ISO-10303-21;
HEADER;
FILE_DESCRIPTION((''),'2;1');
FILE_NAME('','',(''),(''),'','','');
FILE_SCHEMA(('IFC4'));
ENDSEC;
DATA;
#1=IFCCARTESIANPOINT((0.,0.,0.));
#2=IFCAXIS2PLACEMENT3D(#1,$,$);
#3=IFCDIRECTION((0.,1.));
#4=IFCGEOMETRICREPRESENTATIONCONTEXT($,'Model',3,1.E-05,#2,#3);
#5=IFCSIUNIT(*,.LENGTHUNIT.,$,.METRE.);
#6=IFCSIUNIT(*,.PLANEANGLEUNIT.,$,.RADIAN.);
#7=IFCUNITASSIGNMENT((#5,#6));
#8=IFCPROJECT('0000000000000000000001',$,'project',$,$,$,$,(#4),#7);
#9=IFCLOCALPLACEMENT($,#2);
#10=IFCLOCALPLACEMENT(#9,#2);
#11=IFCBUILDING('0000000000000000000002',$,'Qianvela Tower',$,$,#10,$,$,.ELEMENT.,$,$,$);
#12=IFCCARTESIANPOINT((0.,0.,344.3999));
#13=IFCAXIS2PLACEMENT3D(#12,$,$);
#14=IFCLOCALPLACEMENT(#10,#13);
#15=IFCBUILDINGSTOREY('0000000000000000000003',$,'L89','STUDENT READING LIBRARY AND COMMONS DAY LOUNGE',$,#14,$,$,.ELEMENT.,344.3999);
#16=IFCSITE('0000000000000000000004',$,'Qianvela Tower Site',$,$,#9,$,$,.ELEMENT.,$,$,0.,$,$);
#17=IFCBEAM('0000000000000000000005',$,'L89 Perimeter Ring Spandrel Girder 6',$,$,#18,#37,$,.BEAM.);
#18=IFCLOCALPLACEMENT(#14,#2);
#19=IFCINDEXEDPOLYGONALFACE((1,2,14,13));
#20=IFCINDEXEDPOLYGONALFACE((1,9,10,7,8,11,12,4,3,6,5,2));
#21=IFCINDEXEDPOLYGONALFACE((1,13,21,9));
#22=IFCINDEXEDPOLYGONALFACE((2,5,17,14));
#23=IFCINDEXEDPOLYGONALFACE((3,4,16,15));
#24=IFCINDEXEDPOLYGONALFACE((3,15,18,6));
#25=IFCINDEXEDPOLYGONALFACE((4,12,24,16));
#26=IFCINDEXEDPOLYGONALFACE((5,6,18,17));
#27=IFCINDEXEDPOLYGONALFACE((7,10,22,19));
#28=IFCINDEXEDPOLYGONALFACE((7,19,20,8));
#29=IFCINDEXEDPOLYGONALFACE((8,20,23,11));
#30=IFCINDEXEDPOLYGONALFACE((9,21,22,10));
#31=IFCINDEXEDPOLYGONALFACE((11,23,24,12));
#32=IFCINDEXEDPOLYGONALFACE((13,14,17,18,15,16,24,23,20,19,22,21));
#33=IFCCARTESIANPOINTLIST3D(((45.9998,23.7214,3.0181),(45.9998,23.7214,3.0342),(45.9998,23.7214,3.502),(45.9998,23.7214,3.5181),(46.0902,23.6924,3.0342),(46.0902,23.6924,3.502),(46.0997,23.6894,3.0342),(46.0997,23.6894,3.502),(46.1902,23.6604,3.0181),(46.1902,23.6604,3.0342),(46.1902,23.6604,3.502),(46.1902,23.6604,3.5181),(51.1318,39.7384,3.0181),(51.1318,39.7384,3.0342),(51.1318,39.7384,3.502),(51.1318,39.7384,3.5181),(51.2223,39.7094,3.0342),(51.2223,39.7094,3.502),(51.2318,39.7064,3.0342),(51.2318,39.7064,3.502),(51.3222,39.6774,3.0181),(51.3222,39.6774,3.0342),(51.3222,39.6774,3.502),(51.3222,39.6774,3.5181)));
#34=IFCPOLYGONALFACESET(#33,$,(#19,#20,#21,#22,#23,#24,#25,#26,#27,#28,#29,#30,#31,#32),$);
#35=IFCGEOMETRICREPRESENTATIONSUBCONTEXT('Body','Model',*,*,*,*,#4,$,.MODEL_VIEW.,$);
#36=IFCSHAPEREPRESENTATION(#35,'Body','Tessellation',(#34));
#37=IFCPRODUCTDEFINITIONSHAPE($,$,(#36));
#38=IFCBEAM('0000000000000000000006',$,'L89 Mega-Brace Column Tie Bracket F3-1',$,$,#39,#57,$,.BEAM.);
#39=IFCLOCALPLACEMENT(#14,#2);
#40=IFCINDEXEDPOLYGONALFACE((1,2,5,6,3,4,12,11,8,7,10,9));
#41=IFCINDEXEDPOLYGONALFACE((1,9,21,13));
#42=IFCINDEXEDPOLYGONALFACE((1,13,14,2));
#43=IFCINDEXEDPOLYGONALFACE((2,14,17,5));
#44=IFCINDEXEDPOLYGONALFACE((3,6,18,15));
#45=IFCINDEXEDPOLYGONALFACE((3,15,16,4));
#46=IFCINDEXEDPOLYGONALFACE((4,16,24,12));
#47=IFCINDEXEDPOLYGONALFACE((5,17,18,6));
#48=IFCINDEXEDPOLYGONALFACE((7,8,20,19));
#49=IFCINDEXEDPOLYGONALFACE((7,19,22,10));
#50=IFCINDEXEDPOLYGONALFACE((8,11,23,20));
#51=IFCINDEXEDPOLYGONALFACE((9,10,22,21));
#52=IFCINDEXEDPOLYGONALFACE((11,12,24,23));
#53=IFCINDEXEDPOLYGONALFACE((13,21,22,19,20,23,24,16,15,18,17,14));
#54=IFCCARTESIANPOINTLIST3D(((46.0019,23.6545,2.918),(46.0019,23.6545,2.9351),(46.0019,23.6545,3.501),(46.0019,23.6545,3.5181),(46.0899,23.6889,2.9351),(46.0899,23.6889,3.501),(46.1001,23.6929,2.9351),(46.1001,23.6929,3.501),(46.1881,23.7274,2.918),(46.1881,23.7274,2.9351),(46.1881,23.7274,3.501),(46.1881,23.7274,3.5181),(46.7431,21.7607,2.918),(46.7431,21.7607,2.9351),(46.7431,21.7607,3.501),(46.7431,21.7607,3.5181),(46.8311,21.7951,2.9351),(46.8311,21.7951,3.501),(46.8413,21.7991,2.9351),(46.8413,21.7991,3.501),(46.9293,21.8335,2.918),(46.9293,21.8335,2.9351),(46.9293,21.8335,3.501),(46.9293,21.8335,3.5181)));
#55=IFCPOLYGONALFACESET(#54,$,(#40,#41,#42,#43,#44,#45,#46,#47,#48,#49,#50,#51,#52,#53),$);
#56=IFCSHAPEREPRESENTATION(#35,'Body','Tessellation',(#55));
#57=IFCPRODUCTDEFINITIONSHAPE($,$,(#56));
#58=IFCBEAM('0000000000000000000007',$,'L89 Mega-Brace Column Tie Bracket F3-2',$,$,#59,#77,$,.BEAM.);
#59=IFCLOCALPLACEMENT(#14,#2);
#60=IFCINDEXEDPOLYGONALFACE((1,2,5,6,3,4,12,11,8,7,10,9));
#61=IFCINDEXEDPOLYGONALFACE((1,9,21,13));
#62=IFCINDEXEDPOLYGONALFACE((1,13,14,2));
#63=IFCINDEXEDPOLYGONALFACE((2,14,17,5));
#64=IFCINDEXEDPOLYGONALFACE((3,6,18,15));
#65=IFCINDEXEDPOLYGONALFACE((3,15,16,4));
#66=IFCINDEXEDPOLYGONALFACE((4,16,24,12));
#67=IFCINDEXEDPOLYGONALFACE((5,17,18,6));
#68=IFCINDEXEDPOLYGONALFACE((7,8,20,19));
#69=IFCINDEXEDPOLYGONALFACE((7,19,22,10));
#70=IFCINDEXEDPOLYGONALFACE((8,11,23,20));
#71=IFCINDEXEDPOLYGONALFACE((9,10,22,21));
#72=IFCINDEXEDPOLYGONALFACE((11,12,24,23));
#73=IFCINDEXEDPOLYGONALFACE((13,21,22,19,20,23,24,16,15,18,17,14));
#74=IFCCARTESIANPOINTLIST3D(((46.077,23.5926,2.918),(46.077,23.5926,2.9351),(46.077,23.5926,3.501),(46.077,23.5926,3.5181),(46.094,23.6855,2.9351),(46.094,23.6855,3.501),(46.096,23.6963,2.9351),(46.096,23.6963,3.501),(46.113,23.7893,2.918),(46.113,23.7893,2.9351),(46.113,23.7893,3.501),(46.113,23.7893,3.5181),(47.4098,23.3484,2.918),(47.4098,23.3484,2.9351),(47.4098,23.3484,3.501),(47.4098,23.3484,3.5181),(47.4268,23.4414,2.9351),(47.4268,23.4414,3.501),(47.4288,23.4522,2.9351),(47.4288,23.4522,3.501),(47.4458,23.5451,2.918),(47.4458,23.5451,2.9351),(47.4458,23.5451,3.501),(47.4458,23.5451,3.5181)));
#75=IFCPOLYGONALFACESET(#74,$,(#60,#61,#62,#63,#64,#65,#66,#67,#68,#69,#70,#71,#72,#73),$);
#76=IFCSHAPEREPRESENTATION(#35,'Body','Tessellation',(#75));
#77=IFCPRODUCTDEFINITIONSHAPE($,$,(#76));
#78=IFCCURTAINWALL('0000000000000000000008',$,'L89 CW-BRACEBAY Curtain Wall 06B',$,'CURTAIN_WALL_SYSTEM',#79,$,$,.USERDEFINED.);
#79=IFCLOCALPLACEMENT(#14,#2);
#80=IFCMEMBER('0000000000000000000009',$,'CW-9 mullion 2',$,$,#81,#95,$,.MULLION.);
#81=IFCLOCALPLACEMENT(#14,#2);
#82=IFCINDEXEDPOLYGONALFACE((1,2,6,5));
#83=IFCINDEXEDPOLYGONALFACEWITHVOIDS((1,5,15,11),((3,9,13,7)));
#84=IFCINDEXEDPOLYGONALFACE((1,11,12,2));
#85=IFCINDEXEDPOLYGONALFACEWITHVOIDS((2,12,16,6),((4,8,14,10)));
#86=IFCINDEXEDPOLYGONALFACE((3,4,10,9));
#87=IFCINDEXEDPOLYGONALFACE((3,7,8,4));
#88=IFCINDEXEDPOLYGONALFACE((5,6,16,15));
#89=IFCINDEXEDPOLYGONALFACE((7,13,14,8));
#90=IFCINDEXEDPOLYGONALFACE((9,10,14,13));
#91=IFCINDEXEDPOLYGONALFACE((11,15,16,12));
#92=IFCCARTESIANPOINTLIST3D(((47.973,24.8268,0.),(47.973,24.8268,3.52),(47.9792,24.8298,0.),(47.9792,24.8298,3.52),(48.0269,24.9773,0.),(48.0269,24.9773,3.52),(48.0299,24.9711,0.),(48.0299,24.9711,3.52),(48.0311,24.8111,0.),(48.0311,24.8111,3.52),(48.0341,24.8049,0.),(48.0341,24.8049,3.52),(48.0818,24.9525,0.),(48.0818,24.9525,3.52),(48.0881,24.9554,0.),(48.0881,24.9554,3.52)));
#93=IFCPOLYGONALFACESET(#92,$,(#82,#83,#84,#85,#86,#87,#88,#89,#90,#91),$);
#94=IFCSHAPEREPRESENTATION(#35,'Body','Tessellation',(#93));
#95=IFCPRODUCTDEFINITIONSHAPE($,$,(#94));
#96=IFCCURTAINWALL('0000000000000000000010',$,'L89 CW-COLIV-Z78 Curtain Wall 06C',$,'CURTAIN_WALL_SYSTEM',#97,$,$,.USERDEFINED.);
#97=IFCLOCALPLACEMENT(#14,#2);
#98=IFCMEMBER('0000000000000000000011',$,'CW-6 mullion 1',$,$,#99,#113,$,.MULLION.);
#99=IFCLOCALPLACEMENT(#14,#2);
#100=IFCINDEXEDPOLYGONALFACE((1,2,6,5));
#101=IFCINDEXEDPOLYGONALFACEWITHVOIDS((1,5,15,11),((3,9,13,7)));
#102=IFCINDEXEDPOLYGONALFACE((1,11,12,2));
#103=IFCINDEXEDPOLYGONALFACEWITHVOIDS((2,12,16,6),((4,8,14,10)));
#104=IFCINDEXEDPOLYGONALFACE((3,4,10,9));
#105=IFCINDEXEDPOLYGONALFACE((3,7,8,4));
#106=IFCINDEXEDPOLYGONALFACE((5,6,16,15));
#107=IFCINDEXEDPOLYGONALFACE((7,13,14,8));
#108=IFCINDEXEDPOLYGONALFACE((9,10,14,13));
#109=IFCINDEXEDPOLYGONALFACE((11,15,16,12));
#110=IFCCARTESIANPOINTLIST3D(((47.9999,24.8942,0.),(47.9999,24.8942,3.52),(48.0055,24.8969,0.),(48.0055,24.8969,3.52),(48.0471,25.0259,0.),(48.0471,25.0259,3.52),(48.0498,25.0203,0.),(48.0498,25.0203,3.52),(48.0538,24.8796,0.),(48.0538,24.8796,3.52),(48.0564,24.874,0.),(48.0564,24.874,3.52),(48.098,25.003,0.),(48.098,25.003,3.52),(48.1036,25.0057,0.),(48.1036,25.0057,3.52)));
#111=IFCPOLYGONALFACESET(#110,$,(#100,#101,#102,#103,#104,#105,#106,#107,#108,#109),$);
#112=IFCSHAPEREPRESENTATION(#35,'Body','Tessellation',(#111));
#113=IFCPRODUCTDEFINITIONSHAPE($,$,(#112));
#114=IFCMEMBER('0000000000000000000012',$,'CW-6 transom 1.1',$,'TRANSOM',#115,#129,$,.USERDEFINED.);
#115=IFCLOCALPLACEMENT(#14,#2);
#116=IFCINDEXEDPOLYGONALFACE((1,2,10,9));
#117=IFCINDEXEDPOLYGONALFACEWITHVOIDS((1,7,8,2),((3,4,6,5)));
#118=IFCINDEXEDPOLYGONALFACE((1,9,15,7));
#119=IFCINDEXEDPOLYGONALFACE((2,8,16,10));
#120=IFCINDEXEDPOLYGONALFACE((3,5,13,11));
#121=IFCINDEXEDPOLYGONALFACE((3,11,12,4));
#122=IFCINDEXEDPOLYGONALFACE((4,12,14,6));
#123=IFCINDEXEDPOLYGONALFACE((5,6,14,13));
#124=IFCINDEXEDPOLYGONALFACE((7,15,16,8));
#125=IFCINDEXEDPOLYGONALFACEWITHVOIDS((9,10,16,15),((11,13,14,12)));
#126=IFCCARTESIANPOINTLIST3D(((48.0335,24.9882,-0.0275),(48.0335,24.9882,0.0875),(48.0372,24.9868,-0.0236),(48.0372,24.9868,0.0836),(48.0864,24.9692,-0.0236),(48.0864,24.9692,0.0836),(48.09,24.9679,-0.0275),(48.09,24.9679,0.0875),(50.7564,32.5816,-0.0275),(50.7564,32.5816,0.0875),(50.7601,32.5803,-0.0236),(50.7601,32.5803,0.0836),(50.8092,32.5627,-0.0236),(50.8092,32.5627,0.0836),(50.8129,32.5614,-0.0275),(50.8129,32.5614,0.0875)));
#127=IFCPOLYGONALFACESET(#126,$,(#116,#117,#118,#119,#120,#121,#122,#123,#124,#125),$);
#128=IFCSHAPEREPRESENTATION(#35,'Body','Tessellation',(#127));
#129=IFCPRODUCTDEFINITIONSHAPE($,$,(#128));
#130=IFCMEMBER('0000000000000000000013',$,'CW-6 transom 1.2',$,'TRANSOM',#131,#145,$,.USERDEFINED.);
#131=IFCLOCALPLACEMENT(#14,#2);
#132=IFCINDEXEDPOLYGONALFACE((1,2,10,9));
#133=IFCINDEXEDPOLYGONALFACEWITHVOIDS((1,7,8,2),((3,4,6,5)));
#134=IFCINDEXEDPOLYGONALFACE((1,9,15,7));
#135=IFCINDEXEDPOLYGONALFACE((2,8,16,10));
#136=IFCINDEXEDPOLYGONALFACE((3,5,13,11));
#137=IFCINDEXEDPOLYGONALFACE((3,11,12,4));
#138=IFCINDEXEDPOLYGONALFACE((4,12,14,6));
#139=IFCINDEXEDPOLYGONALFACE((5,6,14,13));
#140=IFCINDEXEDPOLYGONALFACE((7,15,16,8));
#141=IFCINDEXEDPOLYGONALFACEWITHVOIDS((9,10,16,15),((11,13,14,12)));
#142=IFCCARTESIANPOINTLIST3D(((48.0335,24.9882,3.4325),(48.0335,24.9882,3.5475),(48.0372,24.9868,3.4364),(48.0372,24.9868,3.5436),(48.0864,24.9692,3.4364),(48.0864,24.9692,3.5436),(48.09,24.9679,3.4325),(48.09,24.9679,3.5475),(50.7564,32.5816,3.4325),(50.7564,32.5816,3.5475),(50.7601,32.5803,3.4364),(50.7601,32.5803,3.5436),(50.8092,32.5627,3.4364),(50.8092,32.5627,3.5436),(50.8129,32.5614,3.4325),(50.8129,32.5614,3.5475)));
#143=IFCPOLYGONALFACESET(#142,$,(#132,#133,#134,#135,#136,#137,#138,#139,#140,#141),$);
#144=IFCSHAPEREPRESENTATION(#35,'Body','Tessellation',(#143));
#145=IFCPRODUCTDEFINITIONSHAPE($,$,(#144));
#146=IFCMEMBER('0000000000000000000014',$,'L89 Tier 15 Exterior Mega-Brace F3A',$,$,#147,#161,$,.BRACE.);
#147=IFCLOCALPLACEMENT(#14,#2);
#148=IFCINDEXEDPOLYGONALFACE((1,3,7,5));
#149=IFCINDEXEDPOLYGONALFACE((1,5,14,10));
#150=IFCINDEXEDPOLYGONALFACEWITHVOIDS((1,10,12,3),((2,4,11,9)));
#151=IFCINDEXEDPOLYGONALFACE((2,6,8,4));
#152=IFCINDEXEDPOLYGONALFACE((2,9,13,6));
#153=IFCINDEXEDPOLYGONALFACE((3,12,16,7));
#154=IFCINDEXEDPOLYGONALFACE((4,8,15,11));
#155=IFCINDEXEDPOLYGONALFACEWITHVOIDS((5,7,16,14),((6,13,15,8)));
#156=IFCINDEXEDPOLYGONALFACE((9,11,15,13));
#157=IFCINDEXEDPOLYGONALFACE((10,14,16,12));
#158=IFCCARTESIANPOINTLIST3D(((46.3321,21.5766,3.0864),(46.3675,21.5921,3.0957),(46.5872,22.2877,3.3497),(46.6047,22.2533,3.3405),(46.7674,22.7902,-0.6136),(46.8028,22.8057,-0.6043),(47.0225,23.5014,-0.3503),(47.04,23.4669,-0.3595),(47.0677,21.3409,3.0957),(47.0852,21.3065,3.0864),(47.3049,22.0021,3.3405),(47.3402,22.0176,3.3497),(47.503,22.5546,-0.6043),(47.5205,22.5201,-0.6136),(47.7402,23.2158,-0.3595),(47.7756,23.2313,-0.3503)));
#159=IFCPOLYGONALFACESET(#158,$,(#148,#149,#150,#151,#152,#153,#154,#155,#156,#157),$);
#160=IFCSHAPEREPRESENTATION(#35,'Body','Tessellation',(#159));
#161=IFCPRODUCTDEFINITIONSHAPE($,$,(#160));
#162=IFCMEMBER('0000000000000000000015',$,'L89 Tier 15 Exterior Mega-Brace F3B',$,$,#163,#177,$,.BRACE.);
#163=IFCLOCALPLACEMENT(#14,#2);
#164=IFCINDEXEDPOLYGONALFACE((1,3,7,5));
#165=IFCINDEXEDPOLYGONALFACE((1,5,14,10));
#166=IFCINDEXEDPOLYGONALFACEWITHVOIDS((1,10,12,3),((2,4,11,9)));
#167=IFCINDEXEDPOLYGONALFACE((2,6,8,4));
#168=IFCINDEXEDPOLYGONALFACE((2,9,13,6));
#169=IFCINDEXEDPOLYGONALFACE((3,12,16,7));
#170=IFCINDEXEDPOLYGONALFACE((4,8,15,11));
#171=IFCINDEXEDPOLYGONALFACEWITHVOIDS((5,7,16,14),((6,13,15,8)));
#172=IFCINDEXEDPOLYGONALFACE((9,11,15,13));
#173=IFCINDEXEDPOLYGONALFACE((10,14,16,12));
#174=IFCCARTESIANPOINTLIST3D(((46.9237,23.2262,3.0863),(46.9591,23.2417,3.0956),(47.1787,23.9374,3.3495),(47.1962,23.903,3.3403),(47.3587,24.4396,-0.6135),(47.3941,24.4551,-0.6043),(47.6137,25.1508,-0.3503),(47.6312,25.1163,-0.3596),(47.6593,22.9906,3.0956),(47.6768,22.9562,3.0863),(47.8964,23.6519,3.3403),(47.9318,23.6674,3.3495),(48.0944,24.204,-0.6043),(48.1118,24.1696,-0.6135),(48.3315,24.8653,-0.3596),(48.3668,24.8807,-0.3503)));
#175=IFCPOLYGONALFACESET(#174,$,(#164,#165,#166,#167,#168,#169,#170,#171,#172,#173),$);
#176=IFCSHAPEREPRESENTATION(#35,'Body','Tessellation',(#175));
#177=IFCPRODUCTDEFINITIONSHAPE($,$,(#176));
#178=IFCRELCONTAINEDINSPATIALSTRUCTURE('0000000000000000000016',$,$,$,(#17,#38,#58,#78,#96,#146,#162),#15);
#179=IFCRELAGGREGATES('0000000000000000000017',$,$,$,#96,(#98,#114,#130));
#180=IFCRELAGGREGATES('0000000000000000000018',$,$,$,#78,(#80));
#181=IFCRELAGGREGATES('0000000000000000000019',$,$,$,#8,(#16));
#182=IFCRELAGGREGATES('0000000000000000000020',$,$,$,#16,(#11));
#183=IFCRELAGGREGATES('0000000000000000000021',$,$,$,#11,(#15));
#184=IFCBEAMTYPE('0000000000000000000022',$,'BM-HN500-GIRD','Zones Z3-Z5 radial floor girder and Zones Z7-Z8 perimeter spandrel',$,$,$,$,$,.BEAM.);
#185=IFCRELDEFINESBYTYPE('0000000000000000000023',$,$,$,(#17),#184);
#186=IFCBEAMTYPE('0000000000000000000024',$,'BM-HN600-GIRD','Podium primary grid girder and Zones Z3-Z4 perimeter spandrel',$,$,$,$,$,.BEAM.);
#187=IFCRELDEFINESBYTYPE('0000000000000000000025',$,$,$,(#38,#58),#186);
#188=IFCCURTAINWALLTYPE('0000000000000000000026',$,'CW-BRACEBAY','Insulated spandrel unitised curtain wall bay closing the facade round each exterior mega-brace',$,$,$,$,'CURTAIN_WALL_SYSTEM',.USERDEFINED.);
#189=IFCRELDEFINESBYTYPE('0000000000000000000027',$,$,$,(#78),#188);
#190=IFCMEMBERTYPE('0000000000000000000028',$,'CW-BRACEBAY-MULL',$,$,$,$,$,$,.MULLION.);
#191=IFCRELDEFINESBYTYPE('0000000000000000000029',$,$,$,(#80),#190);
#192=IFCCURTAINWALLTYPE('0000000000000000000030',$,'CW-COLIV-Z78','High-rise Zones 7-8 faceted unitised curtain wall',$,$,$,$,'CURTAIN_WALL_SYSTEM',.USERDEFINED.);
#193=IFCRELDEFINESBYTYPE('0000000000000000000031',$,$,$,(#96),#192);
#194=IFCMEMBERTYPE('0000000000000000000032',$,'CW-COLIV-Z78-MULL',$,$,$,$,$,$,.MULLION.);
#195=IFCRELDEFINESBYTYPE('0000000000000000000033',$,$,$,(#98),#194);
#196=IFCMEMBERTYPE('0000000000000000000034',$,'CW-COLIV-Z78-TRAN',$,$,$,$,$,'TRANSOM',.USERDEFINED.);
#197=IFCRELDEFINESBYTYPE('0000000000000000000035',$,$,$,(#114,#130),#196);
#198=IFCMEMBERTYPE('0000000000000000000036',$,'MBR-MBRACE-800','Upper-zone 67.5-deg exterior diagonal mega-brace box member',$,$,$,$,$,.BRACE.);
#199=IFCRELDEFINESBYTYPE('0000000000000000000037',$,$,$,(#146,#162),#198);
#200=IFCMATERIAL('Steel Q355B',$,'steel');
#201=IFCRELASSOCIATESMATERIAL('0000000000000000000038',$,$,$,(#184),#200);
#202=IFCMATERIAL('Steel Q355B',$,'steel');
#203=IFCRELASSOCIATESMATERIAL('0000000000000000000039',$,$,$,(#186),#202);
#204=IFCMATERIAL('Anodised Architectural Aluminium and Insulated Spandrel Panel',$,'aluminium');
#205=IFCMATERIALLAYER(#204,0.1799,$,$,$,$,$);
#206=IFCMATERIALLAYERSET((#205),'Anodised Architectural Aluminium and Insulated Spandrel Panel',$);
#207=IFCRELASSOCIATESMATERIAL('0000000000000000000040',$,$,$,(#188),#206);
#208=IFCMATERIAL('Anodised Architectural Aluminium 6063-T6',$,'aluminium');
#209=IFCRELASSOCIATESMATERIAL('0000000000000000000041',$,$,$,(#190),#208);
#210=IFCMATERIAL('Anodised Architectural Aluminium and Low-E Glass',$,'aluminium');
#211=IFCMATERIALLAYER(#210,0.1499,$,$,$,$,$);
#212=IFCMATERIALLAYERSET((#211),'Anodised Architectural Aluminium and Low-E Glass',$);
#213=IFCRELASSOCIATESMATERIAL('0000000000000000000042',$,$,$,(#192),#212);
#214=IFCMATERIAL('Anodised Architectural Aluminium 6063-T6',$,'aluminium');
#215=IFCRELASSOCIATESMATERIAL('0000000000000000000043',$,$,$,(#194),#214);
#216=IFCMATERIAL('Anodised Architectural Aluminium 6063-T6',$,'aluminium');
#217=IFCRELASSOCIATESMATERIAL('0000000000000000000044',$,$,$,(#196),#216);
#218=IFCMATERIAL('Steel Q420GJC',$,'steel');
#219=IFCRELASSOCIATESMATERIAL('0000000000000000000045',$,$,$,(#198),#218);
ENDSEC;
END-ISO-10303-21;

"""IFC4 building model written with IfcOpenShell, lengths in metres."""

from ifc_helpers import new_model, si_unit, direction, frame, origin, origin_2d, place, context, subcontext, project, spatial, hollow_rectangle, i_section, extrude, material, layer, layer_set, material_profile, profile_set, type_object, element, aggregate, save


model = new_model("IFC4")

# Units and contexts
model_context = context("Model", 3, precision=1e-05, world=origin(), true_north=direction((0.0, 1.0)))
body_context = subcontext(model_context, "Body", "Model", "MODEL_VIEW")
ifc_project = project(units=[si_unit("LENGTHUNIT", "METRE"), si_unit("PLANEANGLEUNIT", "RADIAN")], contexts=[model_context])

# Site, building, storey
site_placement = place(None, origin())
site = spatial("IfcSite", under=ifc_project, at=site_placement, Name="Qianvela Tower Site", CompositionType="ELEMENT", RefElevation=0.0)
building_placement = place(site_placement, origin())
building = spatial("IfcBuilding", under=site, at=building_placement, Name="Qianvela Tower", CompositionType="ELEMENT")
storey_placement = place(building_placement, frame((0.0, 0.0, 344.3999)))
storey = spatial("IfcBuildingStorey", under=building, at=storey_placement, Name="L89", Description="STUDENT READING LIBRARY AND COMMONS DAY LOUNGE", CompositionType="ELEMENT", Elevation=344.3999)

# Beams
ifc_material_1 = material(Name="Steel Q355B", Category="steel")
ifc_material_profile_1 = material_profile(ifc_material_1, i_section(OverallWidth=0.2, OverallDepth=0.5, WebThickness=0.01, FlangeThickness=0.0161, at=origin_2d()), Name="HN500x200x10x16")
ifc_profile_set_1 = profile_set([ifc_material_profile_1], Name="Steel Q355B")
beam_type_1 = type_object("IfcBeamType", Name="BM-HN500-GIRD", Description="Zones Z3-Z5 radial floor girder and Zones Z7-Z8 perimeter spandrel", PredefinedType="BEAM", material=ifc_profile_set_1)
beam_1_placement = place(storey_placement, frame((46.095, 23.6909, 3.2681), z_axis=(0.305132, 0.95231, 0.0), x_axis=(-0.95231, 0.305132, 0.0)))
element("IfcBeam", 1, at=beam_1_placement, inside=storey, type_object=beam_type_1, Name="L89 Perimeter Ring Spandrel Girder 6", PredefinedType="BEAM", context=body_context, shape_type="SweptSolid", body=[
    extrude(i_section(OverallWidth=0.2, OverallDepth=0.5, WebThickness=0.01, FlangeThickness=0.0161, at=origin_2d()), origin(), (0.0, 0.0, 1.0), 16.8191),
])
ifc_material_2 = material(Name="Steel Q355B", Category="steel")
ifc_material_profile_2 = material_profile(ifc_material_2, i_section(OverallWidth=0.2, OverallDepth=0.6001, WebThickness=0.011, FlangeThickness=0.0171, at=origin_2d()), Name="HN600x200x11x17")
ifc_profile_set_2 = profile_set([ifc_material_profile_2], Name="Steel Q355B")
beam_type_2 = type_object("IfcBeamType", Name="BM-HN600-GIRD", Description="Podium primary grid girder and Zones Z3-Z4 perimeter spandrel", PredefinedType="BEAM", material=ifc_profile_set_2)
beam_2_placement = place(storey_placement, frame((46.095, 23.6909, 3.218), z_axis=(0.364467, -0.931216, 0.0), x_axis=(0.931216, 0.364467, 0.0)))
element("IfcBeam", 2, at=beam_2_placement, inside=storey, type_object=beam_type_2, Name="L89 Mega-Brace Column Tie Bracket F3-1", PredefinedType="BEAM", context=body_context, shape_type="SweptSolid", body=[
    extrude(i_section(OverallWidth=0.2, OverallDepth=0.6001, WebThickness=0.011, FlangeThickness=0.0171, at=origin_2d()), origin(), (0.0, 0.0, 1.0), 2.0337),
])
beam_3_placement = place(storey_placement, frame((46.095, 23.6909, 3.218), z_axis=(0.983633, -0.180186, 0.0), x_axis=(0.180186, 0.983633, 0.0)))
element("IfcBeam", 3, at=beam_3_placement, inside=storey, type_object=beam_type_2, Name="L89 Mega-Brace Column Tie Bracket F3-2", PredefinedType="BEAM", context=body_context, shape_type="SweptSolid", body=[
    extrude(i_section(OverallWidth=0.2, OverallDepth=0.6001, WebThickness=0.011, FlangeThickness=0.0171, at=origin_2d()), origin(), (0.0, 0.0, 1.0), 1.355),
])

# Curtain wall, member
ifc_material_3 = material(Name="Anodised Architectural Aluminium and Insulated Spandrel Panel", Category="aluminium")
ifc_layer_1 = layer(ifc_material_3, 0.1799)
ifc_layer_set_1 = layer_set([ifc_layer_1], Name="Anodised Architectural Aluminium and Insulated Spandrel Panel")
curtain_wall_type_1 = type_object("IfcCurtainWallType", Name="CW-BRACEBAY", Description="Insulated spandrel unitised curtain wall bay closing the facade round each exterior mega-brace", ElementType="CURTAIN_WALL_SYSTEM", PredefinedType="USERDEFINED", material=ifc_layer_set_1)
curtain_wall_1_placement = place(storey_placement, origin())
curtain_wall_1 = element("IfcCurtainWall", 4, at=curtain_wall_1_placement, inside=storey, type_object=curtain_wall_type_1, Name="L89 CW-BRACEBAY Curtain Wall 06B", ObjectType="CURTAIN_WALL_SYSTEM", PredefinedType="USERDEFINED")
ifc_material_4 = material(Name="Anodised Architectural Aluminium 6063-T6", Category="aluminium")
ifc_material_profile_3 = material_profile(ifc_material_4, hollow_rectangle(XDim=0.0649, YDim=0.1599, WallThickness=0.0049, at=origin_2d()), Name="ALU-MULL-65x160")
ifc_profile_set_3 = profile_set([ifc_material_profile_3], Name="Anodised Architectural Aluminium 6063-T6")
member_type_1 = type_object("IfcMemberType", Name="CW-BRACEBAY-MULL", PredefinedType="MULLION", material=ifc_profile_set_3)
member_1_placement = place(storey_placement, frame((48.0305, 24.8911, 0.0), z_axis=(0.0, 0.0, 1.0), x_axis=(-0.941313, 0.337536, 0.0)))
member_1 = element("IfcMember", 5, at=member_1_placement, type_object=member_type_1, Name="CW-9 mullion 2", PredefinedType="MULLION", context=body_context, shape_type="SweptSolid", body=[
    extrude(hollow_rectangle(XDim=0.0649, YDim=0.1599, WallThickness=0.0049, at=origin_2d()), origin(), (0.0, 0.0, 1.0), 3.52),
])

# Curtain wall, members
ifc_material_5 = material(Name="Anodised Architectural Aluminium and Low-E Glass", Category="aluminium")
ifc_layer_2 = layer(ifc_material_5, 0.1499)
ifc_layer_set_2 = layer_set([ifc_layer_2], Name="Anodised Architectural Aluminium and Low-E Glass")
curtain_wall_type_2 = type_object("IfcCurtainWallType", Name="CW-COLIV-Z78", Description="High-rise Zones 7-8 faceted unitised curtain wall", ElementType="CURTAIN_WALL_SYSTEM", PredefinedType="USERDEFINED", material=ifc_layer_set_2)
curtain_wall_2_placement = place(storey_placement, origin())
curtain_wall_2 = element("IfcCurtainWall", 6, at=curtain_wall_2_placement, inside=storey, type_object=curtain_wall_type_2, Name="L89 CW-COLIV-Z78 Curtain Wall 06C", ObjectType="CURTAIN_WALL_SYSTEM", PredefinedType="USERDEFINED")
ifc_material_6 = material(Name="Anodised Architectural Aluminium 6063-T6", Category="aluminium")
ifc_material_profile_4 = material_profile(ifc_material_6, hollow_rectangle(XDim=0.0601, YDim=0.1399, WallThickness=0.0044, at=origin_2d()), Name="ALU-MULL-60x140")
ifc_profile_set_4 = profile_set([ifc_material_profile_4], Name="Anodised Architectural Aluminium 6063-T6")
member_type_2 = type_object("IfcMemberType", Name="CW-COLIV-Z78-MULL", PredefinedType="MULLION", material=ifc_profile_set_4)
member_2_placement = place(storey_placement, frame((48.0518, 24.95, 0.0), z_axis=(0.0, 0.0, 1.0), x_axis=(-0.941312, 0.337538, 0.0)))
member_2 = element("IfcMember", 7, at=member_2_placement, type_object=member_type_2, Name="CW-6 mullion 1", PredefinedType="MULLION", context=body_context, shape_type="SweptSolid", body=[
    extrude(hollow_rectangle(XDim=0.0601, YDim=0.1399, WallThickness=0.0044, at=origin_2d()), origin(), (0.0, 0.0, 1.0), 3.52),
])
ifc_material_7 = material(Name="Anodised Architectural Aluminium 6063-T6", Category="aluminium")
ifc_material_profile_5 = material_profile(ifc_material_7, hollow_rectangle(XDim=0.0601, YDim=0.115, WallThickness=0.0039, at=origin_2d()), Name="ALU-TRAN-60x115")
ifc_profile_set_5 = profile_set([ifc_material_profile_5], Name="Anodised Architectural Aluminium 6063-T6")
member_type_3 = type_object("IfcMemberType", Name="CW-COLIV-Z78-TRAN", ElementType="TRANSOM", PredefinedType="USERDEFINED", material=ifc_profile_set_5)
member_3_placement = place(storey_placement, frame((48.0618, 24.978, 0.03), z_axis=(0.337538, 0.941312, 0.0), x_axis=(-0.941312, 0.337538, 0.0)))
member_3 = element("IfcMember", 8, at=member_3_placement, type_object=member_type_3, Name="CW-6 transom 1.1", ObjectType="TRANSOM", PredefinedType="USERDEFINED", context=body_context, shape_type="SweptSolid", body=[
    extrude(hollow_rectangle(XDim=0.0601, YDim=0.115, WallThickness=0.0039, at=origin_2d()), origin(), (0.0, 0.0, 1.0), 8.0669),
])
member_4_placement = place(storey_placement, frame((48.0618, 24.978, 3.49), z_axis=(0.337538, 0.941312, 0.0), x_axis=(-0.941312, 0.337538, 0.0)))
member_4 = element("IfcMember", 9, at=member_4_placement, type_object=member_type_3, Name="CW-6 transom 1.2", ObjectType="TRANSOM", PredefinedType="USERDEFINED", context=body_context, shape_type="SweptSolid", body=[
    extrude(hollow_rectangle(XDim=0.0601, YDim=0.115, WallThickness=0.0039, at=origin_2d()), origin(), (0.0, 0.0, 1.0), 8.0669),
])
aggregate(curtain_wall_2, [member_2, member_3, member_4])

# Members
ifc_material_8 = material(Name="Steel Q420GJC", Category="steel")
ifc_material_profile_6 = material_profile(ifc_material_8, hollow_rectangle(XDim=0.8, YDim=0.8, WallThickness=0.0281, at=origin_2d()), Name="MBOX-800x800x28")
ifc_profile_set_6 = profile_set([ifc_material_profile_6], Name="Steel Q420GJC")
member_type_4 = type_object("IfcMemberType", Name="MBR-MBRACE-800", Description="Upper-zone 67.5-deg exterior diagonal mega-brace box member", PredefinedType="BRACE", material=ifc_profile_set_6)
member_5_placement = place(storey_placement, frame((47.2715, 23.0107, -0.4819), z_axis=(-0.111099, -0.309743, 0.944307), x_axis=(0.941283, -0.33762, 0.0)))
element("IfcMember", 10, at=member_5_placement, inside=storey, type_object=member_type_4, Name="L89 Tier 15 Exterior Mega-Brace F3A", PredefinedType="BRACE", context=body_context, shape_type="SweptSolid", body=[
    extrude(hollow_rectangle(XDim=0.8, YDim=0.8, WallThickness=0.0281, at=origin_2d()), origin(), (0.0, 0.0, 1.0), 3.9182),
])
member_6_placement = place(storey_placement, frame((47.8628, 24.6602, -0.4819), z_axis=(-0.111039, -0.309689, 0.944332), x_axis=(0.941321, -0.337512, 0.0)))
element("IfcMember", 11, at=member_6_placement, inside=storey, type_object=member_type_4, Name="L89 Tier 15 Exterior Mega-Brace F3B", PredefinedType="BRACE", context=body_context, shape_type="SweptSolid", body=[
    extrude(hollow_rectangle(XDim=0.8, YDim=0.8, WallThickness=0.0281, at=origin_2d()), origin(), (0.0, 0.0, 1.0), 3.918),
])

aggregate(curtain_wall_1, [member_1])

save(model, "model.ifc")
